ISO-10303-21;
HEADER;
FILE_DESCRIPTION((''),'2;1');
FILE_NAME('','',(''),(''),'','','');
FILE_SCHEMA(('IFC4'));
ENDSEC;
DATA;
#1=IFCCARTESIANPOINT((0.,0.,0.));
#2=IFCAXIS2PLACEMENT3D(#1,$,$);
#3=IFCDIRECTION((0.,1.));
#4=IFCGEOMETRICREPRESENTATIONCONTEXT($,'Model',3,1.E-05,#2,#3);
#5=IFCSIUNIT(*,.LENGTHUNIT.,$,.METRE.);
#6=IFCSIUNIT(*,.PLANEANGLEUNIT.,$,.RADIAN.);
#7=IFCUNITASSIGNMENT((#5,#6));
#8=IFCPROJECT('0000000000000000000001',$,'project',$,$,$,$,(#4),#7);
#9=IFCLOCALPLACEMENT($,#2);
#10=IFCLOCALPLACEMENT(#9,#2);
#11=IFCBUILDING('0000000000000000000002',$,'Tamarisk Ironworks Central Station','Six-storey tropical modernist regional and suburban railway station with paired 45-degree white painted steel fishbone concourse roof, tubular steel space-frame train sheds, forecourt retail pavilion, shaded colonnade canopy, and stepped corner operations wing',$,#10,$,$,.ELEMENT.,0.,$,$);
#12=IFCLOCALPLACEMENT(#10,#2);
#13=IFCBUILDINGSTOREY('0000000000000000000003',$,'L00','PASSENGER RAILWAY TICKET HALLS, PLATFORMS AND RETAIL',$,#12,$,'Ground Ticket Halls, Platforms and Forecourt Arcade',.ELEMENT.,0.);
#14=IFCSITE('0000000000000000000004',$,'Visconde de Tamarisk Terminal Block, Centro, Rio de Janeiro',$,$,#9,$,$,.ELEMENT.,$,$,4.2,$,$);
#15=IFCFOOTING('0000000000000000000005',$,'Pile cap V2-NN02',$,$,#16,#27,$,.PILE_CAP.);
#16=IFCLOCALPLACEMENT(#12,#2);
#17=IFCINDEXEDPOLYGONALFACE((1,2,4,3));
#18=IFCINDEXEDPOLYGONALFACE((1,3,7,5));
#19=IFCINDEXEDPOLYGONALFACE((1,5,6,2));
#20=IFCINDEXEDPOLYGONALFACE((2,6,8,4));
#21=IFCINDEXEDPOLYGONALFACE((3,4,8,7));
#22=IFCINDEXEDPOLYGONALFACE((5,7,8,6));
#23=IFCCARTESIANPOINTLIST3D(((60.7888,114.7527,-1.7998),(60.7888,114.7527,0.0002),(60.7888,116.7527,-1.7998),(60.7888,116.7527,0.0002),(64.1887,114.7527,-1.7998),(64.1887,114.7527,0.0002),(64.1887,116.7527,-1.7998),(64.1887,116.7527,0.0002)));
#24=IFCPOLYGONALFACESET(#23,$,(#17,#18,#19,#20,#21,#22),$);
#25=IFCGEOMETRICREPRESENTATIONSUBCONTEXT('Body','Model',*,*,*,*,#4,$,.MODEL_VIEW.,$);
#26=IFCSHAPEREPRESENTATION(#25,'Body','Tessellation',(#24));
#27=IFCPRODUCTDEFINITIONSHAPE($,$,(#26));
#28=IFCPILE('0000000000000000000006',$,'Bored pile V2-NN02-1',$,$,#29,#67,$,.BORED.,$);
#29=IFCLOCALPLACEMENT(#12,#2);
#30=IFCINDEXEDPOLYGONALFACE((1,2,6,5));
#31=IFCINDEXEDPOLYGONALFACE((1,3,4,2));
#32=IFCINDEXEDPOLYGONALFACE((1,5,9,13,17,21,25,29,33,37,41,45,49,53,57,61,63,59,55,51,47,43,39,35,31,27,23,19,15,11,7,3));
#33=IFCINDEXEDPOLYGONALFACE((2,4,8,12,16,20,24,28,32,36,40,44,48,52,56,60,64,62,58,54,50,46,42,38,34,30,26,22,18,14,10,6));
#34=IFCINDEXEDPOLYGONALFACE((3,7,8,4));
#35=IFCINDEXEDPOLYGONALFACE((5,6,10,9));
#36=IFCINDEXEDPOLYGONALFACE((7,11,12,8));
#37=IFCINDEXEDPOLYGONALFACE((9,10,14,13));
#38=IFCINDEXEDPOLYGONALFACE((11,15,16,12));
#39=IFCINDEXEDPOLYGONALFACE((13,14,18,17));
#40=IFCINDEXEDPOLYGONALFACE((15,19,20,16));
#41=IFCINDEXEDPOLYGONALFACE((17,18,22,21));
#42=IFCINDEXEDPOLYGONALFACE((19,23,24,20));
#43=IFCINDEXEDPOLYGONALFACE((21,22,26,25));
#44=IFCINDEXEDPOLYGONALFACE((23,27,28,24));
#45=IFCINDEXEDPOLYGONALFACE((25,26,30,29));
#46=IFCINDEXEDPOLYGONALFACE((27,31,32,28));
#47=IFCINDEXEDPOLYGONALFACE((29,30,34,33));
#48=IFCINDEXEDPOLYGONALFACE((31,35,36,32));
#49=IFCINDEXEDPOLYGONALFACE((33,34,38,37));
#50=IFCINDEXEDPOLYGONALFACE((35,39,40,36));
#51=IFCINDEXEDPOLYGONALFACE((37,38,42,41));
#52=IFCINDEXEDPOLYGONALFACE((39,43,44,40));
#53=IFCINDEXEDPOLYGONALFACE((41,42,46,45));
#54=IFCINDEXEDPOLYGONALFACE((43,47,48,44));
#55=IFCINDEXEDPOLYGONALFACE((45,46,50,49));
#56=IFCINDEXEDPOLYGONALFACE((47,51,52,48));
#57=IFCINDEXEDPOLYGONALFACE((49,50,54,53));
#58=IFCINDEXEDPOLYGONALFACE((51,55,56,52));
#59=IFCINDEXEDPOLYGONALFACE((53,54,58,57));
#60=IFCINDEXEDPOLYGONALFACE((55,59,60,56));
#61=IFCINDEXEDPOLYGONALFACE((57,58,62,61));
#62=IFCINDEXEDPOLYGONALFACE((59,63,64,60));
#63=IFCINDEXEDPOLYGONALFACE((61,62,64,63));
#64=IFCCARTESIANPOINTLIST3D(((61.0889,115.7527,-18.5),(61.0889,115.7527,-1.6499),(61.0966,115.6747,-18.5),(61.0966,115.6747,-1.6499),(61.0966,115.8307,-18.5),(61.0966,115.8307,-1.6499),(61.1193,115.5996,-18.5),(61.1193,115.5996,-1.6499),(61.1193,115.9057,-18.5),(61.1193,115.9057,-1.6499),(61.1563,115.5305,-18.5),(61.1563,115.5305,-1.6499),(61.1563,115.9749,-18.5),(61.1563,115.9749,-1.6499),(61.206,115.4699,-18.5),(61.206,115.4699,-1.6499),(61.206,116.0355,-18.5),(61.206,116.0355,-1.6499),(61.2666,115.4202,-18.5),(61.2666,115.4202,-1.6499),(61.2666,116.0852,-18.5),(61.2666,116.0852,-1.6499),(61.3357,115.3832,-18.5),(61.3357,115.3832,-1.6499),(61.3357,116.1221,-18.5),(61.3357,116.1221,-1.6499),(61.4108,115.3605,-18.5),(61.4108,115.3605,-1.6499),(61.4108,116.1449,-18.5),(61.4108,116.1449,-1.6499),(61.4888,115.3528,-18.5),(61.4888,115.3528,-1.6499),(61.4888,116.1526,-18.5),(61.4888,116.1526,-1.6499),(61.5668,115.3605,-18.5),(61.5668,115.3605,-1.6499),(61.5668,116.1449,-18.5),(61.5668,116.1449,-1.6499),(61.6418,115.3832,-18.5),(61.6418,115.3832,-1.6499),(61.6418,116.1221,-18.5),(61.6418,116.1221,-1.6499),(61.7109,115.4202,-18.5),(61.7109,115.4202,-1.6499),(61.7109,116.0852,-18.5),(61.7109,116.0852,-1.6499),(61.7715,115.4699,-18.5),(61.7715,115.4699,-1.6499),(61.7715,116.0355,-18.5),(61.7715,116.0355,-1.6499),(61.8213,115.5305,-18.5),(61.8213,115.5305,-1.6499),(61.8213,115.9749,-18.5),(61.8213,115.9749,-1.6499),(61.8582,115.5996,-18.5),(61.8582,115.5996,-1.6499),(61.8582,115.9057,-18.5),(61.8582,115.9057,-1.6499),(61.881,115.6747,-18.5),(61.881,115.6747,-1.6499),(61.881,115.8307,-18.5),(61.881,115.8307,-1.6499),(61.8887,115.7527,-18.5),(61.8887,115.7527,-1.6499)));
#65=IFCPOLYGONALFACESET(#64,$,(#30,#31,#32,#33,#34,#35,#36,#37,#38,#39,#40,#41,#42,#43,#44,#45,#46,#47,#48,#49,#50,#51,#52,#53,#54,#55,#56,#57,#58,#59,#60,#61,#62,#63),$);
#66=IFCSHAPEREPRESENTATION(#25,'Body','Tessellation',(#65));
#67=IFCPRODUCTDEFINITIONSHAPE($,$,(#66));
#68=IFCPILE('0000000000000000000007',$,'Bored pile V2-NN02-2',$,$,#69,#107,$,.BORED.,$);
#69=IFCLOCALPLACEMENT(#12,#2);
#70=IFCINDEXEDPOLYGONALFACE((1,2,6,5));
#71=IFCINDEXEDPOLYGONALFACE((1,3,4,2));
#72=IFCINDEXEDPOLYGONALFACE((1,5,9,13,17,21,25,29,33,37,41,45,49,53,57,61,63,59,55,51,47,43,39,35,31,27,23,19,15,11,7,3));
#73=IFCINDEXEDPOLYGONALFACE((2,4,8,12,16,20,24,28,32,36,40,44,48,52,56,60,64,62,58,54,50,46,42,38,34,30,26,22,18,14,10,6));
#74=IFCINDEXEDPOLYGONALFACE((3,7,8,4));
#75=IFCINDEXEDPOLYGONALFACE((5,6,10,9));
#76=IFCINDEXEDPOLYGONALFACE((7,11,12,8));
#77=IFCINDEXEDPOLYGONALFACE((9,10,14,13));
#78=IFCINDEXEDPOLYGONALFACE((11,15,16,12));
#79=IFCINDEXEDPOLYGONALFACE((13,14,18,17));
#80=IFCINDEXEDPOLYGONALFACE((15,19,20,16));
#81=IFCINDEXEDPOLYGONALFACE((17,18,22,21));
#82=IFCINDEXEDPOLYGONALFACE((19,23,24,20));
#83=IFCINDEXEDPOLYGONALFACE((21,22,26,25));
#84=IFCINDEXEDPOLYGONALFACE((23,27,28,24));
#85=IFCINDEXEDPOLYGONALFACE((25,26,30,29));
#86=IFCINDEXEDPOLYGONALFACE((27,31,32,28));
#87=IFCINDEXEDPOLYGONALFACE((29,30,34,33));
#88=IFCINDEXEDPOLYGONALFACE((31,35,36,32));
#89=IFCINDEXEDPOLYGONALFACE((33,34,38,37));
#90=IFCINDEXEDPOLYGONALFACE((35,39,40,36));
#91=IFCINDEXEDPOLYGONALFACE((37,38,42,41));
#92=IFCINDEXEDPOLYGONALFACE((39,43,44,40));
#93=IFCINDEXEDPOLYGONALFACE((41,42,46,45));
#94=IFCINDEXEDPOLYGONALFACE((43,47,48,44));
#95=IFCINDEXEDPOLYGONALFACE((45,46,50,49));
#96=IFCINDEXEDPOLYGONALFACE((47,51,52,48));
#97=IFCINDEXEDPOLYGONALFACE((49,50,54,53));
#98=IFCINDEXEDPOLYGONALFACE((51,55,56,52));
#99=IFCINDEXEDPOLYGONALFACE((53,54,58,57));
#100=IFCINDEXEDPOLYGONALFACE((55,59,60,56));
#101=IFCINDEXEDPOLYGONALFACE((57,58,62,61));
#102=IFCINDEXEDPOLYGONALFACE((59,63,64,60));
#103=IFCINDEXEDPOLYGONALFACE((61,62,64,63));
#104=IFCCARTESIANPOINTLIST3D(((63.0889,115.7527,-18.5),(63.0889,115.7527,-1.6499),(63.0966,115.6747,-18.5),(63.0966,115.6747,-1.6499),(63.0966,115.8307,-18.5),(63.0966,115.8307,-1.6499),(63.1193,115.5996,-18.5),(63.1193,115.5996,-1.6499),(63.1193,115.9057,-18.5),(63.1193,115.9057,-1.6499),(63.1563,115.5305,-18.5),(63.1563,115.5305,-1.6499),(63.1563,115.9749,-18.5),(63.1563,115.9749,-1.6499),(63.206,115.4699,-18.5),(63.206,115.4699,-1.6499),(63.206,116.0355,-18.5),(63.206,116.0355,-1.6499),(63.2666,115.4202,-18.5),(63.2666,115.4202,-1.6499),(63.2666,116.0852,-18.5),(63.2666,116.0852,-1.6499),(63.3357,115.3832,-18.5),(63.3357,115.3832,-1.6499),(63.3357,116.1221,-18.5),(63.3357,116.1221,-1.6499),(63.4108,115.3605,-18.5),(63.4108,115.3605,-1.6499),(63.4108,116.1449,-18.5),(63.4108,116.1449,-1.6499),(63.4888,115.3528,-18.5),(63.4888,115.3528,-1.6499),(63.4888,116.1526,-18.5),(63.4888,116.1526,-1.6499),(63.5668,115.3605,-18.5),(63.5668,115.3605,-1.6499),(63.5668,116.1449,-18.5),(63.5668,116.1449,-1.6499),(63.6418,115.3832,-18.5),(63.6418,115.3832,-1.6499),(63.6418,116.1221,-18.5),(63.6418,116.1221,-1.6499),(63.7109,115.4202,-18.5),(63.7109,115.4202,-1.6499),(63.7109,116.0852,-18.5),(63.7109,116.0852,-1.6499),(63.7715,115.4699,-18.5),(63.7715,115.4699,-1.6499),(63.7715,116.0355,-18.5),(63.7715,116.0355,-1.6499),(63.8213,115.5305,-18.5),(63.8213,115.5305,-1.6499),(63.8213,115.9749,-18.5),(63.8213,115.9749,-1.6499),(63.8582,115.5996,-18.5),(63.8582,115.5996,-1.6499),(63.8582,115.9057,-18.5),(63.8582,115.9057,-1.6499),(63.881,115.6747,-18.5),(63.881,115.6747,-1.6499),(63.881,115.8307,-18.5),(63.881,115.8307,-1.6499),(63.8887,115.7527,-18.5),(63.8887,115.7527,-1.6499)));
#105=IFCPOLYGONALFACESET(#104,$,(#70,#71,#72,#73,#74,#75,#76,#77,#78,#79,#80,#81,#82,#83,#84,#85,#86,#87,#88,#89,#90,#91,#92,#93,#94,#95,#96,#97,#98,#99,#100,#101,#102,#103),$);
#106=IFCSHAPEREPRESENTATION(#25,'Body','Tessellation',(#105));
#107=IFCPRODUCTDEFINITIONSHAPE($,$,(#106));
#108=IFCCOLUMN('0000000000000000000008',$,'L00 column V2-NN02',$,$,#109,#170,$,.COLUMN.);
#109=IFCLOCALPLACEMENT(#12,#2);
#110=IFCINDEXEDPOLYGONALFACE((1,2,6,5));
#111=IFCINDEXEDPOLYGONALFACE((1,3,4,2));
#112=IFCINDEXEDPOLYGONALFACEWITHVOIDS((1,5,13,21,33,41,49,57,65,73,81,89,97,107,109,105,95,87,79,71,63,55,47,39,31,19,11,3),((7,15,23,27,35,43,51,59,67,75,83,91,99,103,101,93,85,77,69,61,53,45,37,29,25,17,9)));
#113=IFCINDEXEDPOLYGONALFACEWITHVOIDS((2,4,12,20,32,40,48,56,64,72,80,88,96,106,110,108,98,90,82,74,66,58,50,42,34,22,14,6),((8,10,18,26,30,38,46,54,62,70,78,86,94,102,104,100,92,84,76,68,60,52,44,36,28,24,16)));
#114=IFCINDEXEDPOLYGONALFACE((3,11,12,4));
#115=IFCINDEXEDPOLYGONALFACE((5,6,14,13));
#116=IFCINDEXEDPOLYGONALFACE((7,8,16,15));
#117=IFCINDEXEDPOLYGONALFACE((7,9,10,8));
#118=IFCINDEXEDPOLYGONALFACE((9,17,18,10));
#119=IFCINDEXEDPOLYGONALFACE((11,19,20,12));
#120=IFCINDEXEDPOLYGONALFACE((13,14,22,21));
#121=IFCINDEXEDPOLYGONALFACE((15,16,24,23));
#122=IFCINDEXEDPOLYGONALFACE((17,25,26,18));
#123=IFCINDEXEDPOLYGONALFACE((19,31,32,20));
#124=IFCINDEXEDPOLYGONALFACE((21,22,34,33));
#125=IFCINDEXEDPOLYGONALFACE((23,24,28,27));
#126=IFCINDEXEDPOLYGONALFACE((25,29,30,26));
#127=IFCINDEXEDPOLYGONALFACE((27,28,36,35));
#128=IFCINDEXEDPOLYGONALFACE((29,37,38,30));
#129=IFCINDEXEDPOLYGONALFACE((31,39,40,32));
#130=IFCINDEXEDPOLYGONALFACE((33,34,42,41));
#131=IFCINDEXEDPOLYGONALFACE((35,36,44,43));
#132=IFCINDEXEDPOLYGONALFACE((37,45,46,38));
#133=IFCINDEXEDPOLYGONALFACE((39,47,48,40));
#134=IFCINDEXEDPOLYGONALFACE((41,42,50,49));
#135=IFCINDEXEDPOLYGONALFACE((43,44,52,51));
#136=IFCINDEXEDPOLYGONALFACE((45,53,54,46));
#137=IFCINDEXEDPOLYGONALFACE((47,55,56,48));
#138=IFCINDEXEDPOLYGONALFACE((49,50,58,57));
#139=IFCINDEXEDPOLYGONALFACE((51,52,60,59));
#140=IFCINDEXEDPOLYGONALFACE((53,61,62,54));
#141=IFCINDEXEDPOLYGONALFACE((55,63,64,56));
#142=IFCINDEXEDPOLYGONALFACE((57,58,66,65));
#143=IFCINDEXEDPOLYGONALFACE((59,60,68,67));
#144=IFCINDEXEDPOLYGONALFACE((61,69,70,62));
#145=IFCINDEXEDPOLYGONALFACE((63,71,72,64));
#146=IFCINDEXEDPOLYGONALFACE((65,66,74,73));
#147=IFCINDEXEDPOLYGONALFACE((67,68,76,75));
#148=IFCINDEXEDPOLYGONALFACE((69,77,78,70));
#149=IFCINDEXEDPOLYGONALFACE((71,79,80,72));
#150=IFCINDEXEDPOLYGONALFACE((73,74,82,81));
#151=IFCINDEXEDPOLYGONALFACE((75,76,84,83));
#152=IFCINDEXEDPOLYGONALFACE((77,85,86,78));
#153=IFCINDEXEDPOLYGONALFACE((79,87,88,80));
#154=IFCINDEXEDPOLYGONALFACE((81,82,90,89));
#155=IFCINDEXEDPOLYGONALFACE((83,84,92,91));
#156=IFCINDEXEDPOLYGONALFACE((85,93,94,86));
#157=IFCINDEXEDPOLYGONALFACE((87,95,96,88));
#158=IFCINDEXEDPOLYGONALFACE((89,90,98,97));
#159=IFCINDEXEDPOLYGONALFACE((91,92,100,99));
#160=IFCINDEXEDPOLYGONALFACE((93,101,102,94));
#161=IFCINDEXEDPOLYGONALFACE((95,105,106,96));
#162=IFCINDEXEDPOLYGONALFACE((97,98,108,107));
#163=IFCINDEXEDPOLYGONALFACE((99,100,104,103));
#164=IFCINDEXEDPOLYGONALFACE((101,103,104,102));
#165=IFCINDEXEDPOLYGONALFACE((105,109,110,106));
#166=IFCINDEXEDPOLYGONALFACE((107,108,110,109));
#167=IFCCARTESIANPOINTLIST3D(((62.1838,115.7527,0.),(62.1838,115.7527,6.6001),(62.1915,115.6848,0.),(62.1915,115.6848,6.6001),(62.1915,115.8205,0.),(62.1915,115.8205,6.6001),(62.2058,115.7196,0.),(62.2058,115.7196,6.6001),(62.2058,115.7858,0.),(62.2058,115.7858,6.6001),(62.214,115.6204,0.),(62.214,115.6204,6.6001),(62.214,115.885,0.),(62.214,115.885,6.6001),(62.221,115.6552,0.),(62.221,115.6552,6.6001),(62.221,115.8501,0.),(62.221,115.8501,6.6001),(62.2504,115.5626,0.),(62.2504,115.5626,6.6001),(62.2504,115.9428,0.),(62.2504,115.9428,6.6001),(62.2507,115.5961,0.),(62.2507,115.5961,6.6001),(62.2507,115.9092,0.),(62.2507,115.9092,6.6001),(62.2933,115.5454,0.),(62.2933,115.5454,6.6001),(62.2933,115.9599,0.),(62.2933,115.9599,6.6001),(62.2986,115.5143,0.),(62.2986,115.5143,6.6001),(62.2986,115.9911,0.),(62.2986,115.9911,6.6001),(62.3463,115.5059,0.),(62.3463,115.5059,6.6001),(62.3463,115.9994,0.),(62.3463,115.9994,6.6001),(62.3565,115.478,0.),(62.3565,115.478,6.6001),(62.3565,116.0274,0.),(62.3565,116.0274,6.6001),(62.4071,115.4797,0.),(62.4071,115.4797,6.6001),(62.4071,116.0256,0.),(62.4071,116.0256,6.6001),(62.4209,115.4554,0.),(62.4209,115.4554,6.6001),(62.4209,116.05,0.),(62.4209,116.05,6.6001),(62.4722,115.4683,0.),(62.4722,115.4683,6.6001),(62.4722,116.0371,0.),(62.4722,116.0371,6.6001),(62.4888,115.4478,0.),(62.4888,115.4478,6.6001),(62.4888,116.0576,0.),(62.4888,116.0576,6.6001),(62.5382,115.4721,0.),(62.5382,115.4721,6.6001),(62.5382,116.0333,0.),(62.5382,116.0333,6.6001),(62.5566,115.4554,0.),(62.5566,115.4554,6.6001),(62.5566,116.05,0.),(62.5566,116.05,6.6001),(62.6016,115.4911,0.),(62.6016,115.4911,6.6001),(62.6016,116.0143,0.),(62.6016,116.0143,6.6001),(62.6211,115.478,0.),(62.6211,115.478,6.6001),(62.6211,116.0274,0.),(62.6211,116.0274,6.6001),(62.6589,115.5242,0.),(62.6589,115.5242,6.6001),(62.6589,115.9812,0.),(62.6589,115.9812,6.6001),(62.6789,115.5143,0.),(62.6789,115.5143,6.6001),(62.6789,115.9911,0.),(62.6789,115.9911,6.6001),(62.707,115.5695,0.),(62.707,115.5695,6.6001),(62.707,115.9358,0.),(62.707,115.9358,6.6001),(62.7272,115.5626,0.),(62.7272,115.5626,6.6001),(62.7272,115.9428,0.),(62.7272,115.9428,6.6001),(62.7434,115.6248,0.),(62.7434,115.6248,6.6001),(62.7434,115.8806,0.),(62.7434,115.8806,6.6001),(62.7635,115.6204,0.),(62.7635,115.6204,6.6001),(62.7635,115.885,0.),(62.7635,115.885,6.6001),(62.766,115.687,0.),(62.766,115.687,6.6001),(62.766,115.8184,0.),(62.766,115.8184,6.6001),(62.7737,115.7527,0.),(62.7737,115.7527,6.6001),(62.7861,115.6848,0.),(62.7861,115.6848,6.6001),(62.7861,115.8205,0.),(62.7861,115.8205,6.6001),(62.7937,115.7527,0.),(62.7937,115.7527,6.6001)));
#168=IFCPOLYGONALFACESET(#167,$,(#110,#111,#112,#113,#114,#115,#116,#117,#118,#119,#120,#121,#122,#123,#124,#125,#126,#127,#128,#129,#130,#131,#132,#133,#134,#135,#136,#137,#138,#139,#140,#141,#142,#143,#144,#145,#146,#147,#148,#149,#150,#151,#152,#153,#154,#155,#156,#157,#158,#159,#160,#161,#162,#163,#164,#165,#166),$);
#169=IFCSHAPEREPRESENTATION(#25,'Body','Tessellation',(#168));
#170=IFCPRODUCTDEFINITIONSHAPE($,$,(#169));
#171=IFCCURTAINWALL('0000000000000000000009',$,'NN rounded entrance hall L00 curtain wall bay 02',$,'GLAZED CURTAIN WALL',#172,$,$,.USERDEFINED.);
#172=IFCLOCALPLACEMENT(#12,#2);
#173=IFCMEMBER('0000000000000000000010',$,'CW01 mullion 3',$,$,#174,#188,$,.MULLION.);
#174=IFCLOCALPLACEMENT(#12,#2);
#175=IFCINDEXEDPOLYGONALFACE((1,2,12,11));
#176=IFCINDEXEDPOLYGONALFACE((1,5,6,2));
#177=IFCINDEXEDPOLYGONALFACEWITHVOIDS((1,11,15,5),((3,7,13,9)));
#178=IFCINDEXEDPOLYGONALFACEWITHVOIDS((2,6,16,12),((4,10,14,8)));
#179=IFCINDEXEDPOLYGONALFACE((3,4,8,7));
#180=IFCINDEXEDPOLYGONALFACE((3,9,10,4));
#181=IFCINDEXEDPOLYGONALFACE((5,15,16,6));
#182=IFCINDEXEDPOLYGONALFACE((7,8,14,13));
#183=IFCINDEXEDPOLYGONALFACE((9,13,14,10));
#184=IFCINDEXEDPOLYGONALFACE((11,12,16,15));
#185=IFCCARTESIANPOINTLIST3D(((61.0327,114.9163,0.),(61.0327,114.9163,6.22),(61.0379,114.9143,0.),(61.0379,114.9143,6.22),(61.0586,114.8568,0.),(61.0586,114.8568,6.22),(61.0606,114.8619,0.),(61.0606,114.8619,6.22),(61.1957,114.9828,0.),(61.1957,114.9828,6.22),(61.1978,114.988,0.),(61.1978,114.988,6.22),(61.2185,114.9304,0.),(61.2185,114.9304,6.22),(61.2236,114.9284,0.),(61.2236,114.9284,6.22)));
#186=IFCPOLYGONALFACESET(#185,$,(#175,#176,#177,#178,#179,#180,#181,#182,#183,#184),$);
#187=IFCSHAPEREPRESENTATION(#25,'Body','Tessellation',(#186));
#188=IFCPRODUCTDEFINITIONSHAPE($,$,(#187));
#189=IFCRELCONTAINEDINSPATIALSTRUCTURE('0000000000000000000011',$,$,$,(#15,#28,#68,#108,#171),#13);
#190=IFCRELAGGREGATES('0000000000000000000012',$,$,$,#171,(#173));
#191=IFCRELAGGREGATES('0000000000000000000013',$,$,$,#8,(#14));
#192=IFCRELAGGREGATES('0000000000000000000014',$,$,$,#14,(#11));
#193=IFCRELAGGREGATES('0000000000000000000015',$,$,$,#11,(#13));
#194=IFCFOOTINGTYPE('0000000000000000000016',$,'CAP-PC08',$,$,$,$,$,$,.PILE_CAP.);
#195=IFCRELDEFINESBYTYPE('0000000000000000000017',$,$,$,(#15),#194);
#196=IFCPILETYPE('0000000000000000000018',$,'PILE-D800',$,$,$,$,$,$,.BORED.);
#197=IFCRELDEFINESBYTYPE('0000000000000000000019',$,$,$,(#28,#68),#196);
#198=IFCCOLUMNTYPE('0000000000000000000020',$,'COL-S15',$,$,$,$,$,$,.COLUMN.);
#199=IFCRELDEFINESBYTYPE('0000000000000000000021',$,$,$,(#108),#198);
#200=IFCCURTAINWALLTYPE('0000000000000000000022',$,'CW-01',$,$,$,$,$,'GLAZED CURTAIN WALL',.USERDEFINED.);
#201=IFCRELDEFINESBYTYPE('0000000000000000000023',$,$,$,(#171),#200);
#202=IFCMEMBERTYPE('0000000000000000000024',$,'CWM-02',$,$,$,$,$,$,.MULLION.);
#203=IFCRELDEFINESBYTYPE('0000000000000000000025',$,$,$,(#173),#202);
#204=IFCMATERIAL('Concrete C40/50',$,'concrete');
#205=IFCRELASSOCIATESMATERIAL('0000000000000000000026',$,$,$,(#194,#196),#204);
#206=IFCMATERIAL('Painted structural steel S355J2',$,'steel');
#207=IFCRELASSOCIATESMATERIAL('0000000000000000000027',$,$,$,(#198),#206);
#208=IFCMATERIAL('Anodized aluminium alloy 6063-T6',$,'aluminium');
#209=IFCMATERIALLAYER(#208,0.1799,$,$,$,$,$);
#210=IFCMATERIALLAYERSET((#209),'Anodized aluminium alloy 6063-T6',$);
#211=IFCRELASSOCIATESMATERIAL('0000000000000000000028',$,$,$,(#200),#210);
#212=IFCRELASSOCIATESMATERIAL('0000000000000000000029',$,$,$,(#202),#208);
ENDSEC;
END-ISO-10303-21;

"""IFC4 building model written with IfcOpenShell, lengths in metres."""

from ifc_helpers import new_model, si_unit, direction, frame, origin, origin_2d, place, context, subcontext, project, spatial, rectangle, hollow_rectangle, circle, hollow_circle, extrude, material, layer, layer_set, material_profile, profile_set, type_object, element, aggregate, save


model = new_model("IFC4")

# Units and contexts
model_context = context("Model", 3, precision=1e-05, world=origin(), true_north=direction((0.0, 1.0)))
body_context = subcontext(model_context, "Body", "Model", "MODEL_VIEW")
ifc_project = project(units=[si_unit("LENGTHUNIT", "METRE"), si_unit("PLANEANGLEUNIT", "RADIAN")], contexts=[model_context])

# Site, building, storey
site_placement = place(None, origin())
site = spatial("IfcSite", under=ifc_project, at=site_placement, Name="Visconde de Tamarisk Terminal Block, Centro, Rio de Janeiro", CompositionType="ELEMENT", RefElevation=4.2)
building_placement = place(site_placement, origin())
building = spatial("IfcBuilding", under=site, at=building_placement, Name="Tamarisk Ironworks Central Station", Description="Six-storey tropical modernist regional and suburban railway station with paired 45-degree white painted steel fishbone concourse roof, tubular steel space-frame train sheds, forecourt retail pavilion, shaded colonnade canopy, and stepped corner operations wing", CompositionType="ELEMENT", ElevationOfRefHeight=0.0)
storey_placement = place(building_placement, origin())
storey = spatial("IfcBuildingStorey", under=building, at=storey_placement, Name="L00", Description="PASSENGER RAILWAY TICKET HALLS, PLATFORMS AND RETAIL", LongName="Ground Ticket Halls, Platforms and Forecourt Arcade", CompositionType="ELEMENT", Elevation=0.0)

# Footing
ifc_material_1 = material(Name="Concrete C40/50", Category="concrete")
footing_type = type_object("IfcFootingType", Name="CAP-PC08", PredefinedType="PILE_CAP", material=ifc_material_1)
footing_placement = place(storey_placement, frame((62.4888, 115.7527, -1.7998), z_axis=(0.0, 0.0, 1.0), x_axis=(1.0, 0.0, 0.0)))
element("IfcFooting", 1, at=footing_placement, inside=storey, type_object=footing_type, Name="Pile cap V2-NN02", PredefinedType="PILE_CAP", context=body_context, shape_type="SweptSolid", body=[
    extrude(rectangle(XDim=3.3999, YDim=2.0, at=origin_2d()), origin(), (0.0, 0.0, 1.0), 1.8),
])

# Piles
ifc_material_profile_1 = material_profile(ifc_material_1, circle(Radius=0.3999, at=origin_2d()), Name="BORED PILE D800")
ifc_profile_set_1 = profile_set([ifc_material_profile_1], Name="Concrete C40/50")
pile_type = type_object("IfcPileType", Name="PILE-D800", PredefinedType="BORED", material=ifc_profile_set_1)
for number, where, z_axis, x_axis, name in (
    (2, (61.4888, 115.7527, -1.6499), (0.0, 0.0, -1.0), (1.0, 0.0, 0.0), "Bored pile V2-NN02-1"),
    (3, (63.4888, 115.7527, -1.6499), (0.0, 0.0, -1.0), (1.0, 0.0, 0.0), "Bored pile V2-NN02-2"),
):
    element("IfcPile", number, at=place(storey_placement, frame(where, z_axis=z_axis, x_axis=x_axis)), inside=storey, type_object=pile_type, Name=name, PredefinedType="BORED", context=body_context, shape_type="SweptSolid", body=[
        extrude(circle(Radius=0.3999, at=origin_2d()), origin(), (0.0, 0.0, 1.0), 16.8501),
    ])

# Column
ifc_material_2 = material(Name="Painted structural steel S355J2", Category="steel")
ifc_material_profile_2 = material_profile(ifc_material_2, hollow_circle(Radius=0.3049, WallThickness=0.02, at=origin_2d()), Name="CHS 610x20")
ifc_profile_set_2 = profile_set([ifc_material_profile_2], Name="Painted structural steel S355J2")
column_type = type_object("IfcColumnType", Name="COL-S15", PredefinedType="COLUMN", material=ifc_profile_set_2)
column_placement = place(storey_placement, frame((62.4888, 115.7527, 0.0), z_axis=(0.0, 0.0, 1.0), x_axis=(1.0, 0.0, 0.0)))
element("IfcColumn", 4, at=column_placement, inside=storey, type_object=column_type, Name="L00 column V2-NN02", PredefinedType="COLUMN", context=body_context, shape_type="SweptSolid", body=[
    extrude(hollow_circle(Radius=0.3049, WallThickness=0.02, at=origin_2d()), origin(), (0.0, 0.0, 1.0), 6.6001),
])

# Curtain wall, member
ifc_material_3 = material(Name="Anodized aluminium alloy 6063-T6", Category="aluminium")
ifc_layer_1 = layer(ifc_material_3, 0.1799)
ifc_layer_set_1 = layer_set([ifc_layer_1], Name="Anodized aluminium alloy 6063-T6")
curtain_wall_type = type_object("IfcCurtainWallType", Name="CW-01", ElementType="GLAZED CURTAIN WALL", PredefinedType="USERDEFINED", material=ifc_layer_set_1)
curtain_wall_1_placement = place(storey_placement, origin())
curtain_wall_1 = element("IfcCurtainWall", 5, at=curtain_wall_1_placement, inside=storey, type_object=curtain_wall_type, Name="NN rounded entrance hall L00 curtain wall bay 02", ObjectType="GLAZED CURTAIN WALL", PredefinedType="USERDEFINED")
ifc_material_profile_3 = material_profile(ifc_material_3, hollow_rectangle(XDim=0.0649, YDim=0.1799, WallThickness=0.0039, at=origin_2d()), Name="ALUM 180x65")
ifc_profile_set_3 = profile_set([ifc_material_profile_3], Name="Anodized aluminium alloy 6063-T6")
member_type_1 = type_object("IfcMemberType", Name="CWM-02", PredefinedType="MULLION", material=ifc_profile_set_3)
member_1_placement = place(storey_placement, frame((61.1282, 114.9224, 0.0), z_axis=(0.0, 0.0, 1.0), x_axis=(-0.398077, 0.917352, 0.0)))
member_1 = element("IfcMember", 6, at=member_1_placement, type_object=member_type_1, Name="CW01 mullion 3", PredefinedType="MULLION", context=body_context, shape_type="SweptSolid", body=[
    extrude(hollow_rectangle(XDim=0.0649, YDim=0.1799, WallThickness=0.0039, at=origin_2d()), origin(), (0.0, 0.0, 1.0), 6.22),
])

aggregate(curtain_wall_1, [member_1])

save(model, "model.ifc")
